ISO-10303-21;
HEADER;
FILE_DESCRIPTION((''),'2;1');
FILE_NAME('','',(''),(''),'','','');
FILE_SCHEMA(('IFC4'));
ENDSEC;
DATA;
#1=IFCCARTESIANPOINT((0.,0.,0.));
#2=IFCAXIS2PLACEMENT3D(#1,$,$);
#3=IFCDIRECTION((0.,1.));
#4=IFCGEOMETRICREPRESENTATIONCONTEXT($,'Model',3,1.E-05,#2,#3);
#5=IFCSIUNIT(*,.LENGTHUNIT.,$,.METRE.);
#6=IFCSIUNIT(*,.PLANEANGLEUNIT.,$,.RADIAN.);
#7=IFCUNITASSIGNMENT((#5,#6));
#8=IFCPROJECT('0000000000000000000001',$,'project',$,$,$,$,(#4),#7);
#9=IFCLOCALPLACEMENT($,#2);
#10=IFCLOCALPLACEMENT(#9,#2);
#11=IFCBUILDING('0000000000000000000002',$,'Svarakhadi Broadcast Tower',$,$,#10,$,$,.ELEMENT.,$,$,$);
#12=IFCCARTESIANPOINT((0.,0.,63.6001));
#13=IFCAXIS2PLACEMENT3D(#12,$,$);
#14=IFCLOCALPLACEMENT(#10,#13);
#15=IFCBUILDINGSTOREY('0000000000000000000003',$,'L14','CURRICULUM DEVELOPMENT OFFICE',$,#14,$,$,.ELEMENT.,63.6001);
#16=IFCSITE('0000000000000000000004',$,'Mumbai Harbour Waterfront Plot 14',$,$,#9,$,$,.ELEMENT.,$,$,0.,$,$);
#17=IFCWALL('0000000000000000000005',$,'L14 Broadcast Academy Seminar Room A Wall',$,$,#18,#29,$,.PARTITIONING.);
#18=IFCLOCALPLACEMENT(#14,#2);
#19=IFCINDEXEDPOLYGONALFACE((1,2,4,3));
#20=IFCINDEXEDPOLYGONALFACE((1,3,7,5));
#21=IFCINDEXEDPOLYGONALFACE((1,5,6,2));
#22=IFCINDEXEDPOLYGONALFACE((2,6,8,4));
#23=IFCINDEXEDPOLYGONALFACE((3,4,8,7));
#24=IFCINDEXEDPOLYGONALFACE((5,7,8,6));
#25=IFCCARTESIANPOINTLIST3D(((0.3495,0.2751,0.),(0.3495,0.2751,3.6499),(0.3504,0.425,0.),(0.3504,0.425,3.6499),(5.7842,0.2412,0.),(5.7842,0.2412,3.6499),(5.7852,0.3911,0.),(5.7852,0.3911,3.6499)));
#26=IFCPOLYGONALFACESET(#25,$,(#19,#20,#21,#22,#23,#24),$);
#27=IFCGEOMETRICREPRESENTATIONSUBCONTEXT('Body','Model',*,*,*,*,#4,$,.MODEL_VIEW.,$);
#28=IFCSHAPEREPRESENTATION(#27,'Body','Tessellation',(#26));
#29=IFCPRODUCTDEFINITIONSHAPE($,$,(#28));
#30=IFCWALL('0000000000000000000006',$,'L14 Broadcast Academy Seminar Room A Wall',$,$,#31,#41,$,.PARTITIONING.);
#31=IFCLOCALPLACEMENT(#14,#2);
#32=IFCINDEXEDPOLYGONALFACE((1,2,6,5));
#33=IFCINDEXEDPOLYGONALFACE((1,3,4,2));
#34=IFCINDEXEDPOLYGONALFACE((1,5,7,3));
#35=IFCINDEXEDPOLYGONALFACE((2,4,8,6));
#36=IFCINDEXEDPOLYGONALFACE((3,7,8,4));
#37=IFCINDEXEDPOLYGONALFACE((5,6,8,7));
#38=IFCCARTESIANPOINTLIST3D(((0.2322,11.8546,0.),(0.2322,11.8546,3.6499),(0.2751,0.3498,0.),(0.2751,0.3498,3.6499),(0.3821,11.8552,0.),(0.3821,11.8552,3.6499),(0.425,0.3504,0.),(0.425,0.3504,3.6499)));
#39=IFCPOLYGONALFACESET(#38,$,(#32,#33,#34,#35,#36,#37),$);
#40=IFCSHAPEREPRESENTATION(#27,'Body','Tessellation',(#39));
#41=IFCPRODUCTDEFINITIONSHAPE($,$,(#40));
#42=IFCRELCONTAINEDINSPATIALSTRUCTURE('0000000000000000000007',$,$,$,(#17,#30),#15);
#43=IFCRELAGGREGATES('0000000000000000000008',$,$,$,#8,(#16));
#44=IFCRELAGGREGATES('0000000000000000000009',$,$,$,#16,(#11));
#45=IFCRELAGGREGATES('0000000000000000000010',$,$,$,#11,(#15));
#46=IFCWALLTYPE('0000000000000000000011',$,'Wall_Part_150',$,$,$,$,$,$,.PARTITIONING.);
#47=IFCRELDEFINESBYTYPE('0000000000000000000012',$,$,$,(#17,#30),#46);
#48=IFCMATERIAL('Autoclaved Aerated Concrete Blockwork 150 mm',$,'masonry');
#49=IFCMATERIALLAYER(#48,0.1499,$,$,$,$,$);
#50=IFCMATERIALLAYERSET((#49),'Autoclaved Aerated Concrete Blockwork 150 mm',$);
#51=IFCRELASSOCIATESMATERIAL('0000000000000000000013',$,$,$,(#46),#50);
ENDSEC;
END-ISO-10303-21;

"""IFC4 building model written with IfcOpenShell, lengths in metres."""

from ifc_helpers import new_model, si_unit, direction, frame, frame_2d, origin, place, context, subcontext, project, spatial, rectangle, extrude, material, layer, layer_set, type_object, element, save


model = new_model("IFC4")

# Units and contexts
model_context = context("Model", 3, precision=1e-05, world=origin(), true_north=direction((0.0, 1.0)))
body_context = subcontext(model_context, "Body", "Model", "MODEL_VIEW")
ifc_project = project(units=[si_unit("LENGTHUNIT", "METRE"), si_unit("PLANEANGLEUNIT", "RADIAN")], contexts=[model_context])

# Site, building, storey
site_placement = place(None, origin())
site = spatial("IfcSite", under=ifc_project, at=site_placement, Name="Mumbai Harbour Waterfront Plot 14", CompositionType="ELEMENT", RefElevation=0.0)
building_placement = place(site_placement, origin())
building = spatial("IfcBuilding", under=site, at=building_placement, Name="Svarakhadi Broadcast Tower", CompositionType="ELEMENT")
storey_placement = place(building_placement, frame((0.0, 0.0, 63.6001)))
storey = spatial("IfcBuildingStorey", under=building, at=storey_placement, Name="L14", Description="CURRICULUM DEVELOPMENT OFFICE", CompositionType="ELEMENT", Elevation=63.6001)

# Walls
ifc_material_1 = material(Name="Autoclaved Aerated Concrete Blockwork 150 mm", Category="masonry")
ifc_layer_1 = layer(ifc_material_1, 0.1499)
ifc_layer_set_1 = layer_set([ifc_layer_1], Name="Autoclaved Aerated Concrete Blockwork 150 mm")
wall_type = type_object("IfcWallType", Name="Wall_Part_150", PredefinedType="PARTITIONING", material=ifc_layer_set_1)
wall_1_placement = place(storey_placement, frame((0.3501, 0.3501, 0.0), z_axis=(0.0, 0.0, 1.0), x_axis=(0.999981, -0.006244, 0.0)))
element("IfcWall", 1, at=wall_1_placement, inside=storey, type_object=wall_type, Name="L14 Broadcast Academy Seminar Room A Wall", PredefinedType="PARTITIONING", context=body_context, shape_type="SweptSolid", body=[
    extrude(rectangle(XDim=5.4348, YDim=0.1499, at=frame_2d((2.7173, 0.0))), origin(), (0.0, 0.0, 1.0), 3.6499),
])
wall_2_placement = place(storey_placement, frame((0.3501, 0.3501, 0.0), z_axis=(0.0, 0.0, 1.0), x_axis=(-0.003735, 0.999993, 0.0)))
element("IfcWall", 2, at=wall_2_placement, inside=storey, type_object=wall_type, Name="L14 Broadcast Academy Seminar Room A Wall", PredefinedType="PARTITIONING", context=body_context, shape_type="SweptSolid", body=[
    extrude(rectangle(XDim=11.5049, YDim=0.1499, at=frame_2d((5.7524, 0.0))), origin(), (0.0, 0.0, 1.0), 3.6499),
])

save(model, "model.ifc")
